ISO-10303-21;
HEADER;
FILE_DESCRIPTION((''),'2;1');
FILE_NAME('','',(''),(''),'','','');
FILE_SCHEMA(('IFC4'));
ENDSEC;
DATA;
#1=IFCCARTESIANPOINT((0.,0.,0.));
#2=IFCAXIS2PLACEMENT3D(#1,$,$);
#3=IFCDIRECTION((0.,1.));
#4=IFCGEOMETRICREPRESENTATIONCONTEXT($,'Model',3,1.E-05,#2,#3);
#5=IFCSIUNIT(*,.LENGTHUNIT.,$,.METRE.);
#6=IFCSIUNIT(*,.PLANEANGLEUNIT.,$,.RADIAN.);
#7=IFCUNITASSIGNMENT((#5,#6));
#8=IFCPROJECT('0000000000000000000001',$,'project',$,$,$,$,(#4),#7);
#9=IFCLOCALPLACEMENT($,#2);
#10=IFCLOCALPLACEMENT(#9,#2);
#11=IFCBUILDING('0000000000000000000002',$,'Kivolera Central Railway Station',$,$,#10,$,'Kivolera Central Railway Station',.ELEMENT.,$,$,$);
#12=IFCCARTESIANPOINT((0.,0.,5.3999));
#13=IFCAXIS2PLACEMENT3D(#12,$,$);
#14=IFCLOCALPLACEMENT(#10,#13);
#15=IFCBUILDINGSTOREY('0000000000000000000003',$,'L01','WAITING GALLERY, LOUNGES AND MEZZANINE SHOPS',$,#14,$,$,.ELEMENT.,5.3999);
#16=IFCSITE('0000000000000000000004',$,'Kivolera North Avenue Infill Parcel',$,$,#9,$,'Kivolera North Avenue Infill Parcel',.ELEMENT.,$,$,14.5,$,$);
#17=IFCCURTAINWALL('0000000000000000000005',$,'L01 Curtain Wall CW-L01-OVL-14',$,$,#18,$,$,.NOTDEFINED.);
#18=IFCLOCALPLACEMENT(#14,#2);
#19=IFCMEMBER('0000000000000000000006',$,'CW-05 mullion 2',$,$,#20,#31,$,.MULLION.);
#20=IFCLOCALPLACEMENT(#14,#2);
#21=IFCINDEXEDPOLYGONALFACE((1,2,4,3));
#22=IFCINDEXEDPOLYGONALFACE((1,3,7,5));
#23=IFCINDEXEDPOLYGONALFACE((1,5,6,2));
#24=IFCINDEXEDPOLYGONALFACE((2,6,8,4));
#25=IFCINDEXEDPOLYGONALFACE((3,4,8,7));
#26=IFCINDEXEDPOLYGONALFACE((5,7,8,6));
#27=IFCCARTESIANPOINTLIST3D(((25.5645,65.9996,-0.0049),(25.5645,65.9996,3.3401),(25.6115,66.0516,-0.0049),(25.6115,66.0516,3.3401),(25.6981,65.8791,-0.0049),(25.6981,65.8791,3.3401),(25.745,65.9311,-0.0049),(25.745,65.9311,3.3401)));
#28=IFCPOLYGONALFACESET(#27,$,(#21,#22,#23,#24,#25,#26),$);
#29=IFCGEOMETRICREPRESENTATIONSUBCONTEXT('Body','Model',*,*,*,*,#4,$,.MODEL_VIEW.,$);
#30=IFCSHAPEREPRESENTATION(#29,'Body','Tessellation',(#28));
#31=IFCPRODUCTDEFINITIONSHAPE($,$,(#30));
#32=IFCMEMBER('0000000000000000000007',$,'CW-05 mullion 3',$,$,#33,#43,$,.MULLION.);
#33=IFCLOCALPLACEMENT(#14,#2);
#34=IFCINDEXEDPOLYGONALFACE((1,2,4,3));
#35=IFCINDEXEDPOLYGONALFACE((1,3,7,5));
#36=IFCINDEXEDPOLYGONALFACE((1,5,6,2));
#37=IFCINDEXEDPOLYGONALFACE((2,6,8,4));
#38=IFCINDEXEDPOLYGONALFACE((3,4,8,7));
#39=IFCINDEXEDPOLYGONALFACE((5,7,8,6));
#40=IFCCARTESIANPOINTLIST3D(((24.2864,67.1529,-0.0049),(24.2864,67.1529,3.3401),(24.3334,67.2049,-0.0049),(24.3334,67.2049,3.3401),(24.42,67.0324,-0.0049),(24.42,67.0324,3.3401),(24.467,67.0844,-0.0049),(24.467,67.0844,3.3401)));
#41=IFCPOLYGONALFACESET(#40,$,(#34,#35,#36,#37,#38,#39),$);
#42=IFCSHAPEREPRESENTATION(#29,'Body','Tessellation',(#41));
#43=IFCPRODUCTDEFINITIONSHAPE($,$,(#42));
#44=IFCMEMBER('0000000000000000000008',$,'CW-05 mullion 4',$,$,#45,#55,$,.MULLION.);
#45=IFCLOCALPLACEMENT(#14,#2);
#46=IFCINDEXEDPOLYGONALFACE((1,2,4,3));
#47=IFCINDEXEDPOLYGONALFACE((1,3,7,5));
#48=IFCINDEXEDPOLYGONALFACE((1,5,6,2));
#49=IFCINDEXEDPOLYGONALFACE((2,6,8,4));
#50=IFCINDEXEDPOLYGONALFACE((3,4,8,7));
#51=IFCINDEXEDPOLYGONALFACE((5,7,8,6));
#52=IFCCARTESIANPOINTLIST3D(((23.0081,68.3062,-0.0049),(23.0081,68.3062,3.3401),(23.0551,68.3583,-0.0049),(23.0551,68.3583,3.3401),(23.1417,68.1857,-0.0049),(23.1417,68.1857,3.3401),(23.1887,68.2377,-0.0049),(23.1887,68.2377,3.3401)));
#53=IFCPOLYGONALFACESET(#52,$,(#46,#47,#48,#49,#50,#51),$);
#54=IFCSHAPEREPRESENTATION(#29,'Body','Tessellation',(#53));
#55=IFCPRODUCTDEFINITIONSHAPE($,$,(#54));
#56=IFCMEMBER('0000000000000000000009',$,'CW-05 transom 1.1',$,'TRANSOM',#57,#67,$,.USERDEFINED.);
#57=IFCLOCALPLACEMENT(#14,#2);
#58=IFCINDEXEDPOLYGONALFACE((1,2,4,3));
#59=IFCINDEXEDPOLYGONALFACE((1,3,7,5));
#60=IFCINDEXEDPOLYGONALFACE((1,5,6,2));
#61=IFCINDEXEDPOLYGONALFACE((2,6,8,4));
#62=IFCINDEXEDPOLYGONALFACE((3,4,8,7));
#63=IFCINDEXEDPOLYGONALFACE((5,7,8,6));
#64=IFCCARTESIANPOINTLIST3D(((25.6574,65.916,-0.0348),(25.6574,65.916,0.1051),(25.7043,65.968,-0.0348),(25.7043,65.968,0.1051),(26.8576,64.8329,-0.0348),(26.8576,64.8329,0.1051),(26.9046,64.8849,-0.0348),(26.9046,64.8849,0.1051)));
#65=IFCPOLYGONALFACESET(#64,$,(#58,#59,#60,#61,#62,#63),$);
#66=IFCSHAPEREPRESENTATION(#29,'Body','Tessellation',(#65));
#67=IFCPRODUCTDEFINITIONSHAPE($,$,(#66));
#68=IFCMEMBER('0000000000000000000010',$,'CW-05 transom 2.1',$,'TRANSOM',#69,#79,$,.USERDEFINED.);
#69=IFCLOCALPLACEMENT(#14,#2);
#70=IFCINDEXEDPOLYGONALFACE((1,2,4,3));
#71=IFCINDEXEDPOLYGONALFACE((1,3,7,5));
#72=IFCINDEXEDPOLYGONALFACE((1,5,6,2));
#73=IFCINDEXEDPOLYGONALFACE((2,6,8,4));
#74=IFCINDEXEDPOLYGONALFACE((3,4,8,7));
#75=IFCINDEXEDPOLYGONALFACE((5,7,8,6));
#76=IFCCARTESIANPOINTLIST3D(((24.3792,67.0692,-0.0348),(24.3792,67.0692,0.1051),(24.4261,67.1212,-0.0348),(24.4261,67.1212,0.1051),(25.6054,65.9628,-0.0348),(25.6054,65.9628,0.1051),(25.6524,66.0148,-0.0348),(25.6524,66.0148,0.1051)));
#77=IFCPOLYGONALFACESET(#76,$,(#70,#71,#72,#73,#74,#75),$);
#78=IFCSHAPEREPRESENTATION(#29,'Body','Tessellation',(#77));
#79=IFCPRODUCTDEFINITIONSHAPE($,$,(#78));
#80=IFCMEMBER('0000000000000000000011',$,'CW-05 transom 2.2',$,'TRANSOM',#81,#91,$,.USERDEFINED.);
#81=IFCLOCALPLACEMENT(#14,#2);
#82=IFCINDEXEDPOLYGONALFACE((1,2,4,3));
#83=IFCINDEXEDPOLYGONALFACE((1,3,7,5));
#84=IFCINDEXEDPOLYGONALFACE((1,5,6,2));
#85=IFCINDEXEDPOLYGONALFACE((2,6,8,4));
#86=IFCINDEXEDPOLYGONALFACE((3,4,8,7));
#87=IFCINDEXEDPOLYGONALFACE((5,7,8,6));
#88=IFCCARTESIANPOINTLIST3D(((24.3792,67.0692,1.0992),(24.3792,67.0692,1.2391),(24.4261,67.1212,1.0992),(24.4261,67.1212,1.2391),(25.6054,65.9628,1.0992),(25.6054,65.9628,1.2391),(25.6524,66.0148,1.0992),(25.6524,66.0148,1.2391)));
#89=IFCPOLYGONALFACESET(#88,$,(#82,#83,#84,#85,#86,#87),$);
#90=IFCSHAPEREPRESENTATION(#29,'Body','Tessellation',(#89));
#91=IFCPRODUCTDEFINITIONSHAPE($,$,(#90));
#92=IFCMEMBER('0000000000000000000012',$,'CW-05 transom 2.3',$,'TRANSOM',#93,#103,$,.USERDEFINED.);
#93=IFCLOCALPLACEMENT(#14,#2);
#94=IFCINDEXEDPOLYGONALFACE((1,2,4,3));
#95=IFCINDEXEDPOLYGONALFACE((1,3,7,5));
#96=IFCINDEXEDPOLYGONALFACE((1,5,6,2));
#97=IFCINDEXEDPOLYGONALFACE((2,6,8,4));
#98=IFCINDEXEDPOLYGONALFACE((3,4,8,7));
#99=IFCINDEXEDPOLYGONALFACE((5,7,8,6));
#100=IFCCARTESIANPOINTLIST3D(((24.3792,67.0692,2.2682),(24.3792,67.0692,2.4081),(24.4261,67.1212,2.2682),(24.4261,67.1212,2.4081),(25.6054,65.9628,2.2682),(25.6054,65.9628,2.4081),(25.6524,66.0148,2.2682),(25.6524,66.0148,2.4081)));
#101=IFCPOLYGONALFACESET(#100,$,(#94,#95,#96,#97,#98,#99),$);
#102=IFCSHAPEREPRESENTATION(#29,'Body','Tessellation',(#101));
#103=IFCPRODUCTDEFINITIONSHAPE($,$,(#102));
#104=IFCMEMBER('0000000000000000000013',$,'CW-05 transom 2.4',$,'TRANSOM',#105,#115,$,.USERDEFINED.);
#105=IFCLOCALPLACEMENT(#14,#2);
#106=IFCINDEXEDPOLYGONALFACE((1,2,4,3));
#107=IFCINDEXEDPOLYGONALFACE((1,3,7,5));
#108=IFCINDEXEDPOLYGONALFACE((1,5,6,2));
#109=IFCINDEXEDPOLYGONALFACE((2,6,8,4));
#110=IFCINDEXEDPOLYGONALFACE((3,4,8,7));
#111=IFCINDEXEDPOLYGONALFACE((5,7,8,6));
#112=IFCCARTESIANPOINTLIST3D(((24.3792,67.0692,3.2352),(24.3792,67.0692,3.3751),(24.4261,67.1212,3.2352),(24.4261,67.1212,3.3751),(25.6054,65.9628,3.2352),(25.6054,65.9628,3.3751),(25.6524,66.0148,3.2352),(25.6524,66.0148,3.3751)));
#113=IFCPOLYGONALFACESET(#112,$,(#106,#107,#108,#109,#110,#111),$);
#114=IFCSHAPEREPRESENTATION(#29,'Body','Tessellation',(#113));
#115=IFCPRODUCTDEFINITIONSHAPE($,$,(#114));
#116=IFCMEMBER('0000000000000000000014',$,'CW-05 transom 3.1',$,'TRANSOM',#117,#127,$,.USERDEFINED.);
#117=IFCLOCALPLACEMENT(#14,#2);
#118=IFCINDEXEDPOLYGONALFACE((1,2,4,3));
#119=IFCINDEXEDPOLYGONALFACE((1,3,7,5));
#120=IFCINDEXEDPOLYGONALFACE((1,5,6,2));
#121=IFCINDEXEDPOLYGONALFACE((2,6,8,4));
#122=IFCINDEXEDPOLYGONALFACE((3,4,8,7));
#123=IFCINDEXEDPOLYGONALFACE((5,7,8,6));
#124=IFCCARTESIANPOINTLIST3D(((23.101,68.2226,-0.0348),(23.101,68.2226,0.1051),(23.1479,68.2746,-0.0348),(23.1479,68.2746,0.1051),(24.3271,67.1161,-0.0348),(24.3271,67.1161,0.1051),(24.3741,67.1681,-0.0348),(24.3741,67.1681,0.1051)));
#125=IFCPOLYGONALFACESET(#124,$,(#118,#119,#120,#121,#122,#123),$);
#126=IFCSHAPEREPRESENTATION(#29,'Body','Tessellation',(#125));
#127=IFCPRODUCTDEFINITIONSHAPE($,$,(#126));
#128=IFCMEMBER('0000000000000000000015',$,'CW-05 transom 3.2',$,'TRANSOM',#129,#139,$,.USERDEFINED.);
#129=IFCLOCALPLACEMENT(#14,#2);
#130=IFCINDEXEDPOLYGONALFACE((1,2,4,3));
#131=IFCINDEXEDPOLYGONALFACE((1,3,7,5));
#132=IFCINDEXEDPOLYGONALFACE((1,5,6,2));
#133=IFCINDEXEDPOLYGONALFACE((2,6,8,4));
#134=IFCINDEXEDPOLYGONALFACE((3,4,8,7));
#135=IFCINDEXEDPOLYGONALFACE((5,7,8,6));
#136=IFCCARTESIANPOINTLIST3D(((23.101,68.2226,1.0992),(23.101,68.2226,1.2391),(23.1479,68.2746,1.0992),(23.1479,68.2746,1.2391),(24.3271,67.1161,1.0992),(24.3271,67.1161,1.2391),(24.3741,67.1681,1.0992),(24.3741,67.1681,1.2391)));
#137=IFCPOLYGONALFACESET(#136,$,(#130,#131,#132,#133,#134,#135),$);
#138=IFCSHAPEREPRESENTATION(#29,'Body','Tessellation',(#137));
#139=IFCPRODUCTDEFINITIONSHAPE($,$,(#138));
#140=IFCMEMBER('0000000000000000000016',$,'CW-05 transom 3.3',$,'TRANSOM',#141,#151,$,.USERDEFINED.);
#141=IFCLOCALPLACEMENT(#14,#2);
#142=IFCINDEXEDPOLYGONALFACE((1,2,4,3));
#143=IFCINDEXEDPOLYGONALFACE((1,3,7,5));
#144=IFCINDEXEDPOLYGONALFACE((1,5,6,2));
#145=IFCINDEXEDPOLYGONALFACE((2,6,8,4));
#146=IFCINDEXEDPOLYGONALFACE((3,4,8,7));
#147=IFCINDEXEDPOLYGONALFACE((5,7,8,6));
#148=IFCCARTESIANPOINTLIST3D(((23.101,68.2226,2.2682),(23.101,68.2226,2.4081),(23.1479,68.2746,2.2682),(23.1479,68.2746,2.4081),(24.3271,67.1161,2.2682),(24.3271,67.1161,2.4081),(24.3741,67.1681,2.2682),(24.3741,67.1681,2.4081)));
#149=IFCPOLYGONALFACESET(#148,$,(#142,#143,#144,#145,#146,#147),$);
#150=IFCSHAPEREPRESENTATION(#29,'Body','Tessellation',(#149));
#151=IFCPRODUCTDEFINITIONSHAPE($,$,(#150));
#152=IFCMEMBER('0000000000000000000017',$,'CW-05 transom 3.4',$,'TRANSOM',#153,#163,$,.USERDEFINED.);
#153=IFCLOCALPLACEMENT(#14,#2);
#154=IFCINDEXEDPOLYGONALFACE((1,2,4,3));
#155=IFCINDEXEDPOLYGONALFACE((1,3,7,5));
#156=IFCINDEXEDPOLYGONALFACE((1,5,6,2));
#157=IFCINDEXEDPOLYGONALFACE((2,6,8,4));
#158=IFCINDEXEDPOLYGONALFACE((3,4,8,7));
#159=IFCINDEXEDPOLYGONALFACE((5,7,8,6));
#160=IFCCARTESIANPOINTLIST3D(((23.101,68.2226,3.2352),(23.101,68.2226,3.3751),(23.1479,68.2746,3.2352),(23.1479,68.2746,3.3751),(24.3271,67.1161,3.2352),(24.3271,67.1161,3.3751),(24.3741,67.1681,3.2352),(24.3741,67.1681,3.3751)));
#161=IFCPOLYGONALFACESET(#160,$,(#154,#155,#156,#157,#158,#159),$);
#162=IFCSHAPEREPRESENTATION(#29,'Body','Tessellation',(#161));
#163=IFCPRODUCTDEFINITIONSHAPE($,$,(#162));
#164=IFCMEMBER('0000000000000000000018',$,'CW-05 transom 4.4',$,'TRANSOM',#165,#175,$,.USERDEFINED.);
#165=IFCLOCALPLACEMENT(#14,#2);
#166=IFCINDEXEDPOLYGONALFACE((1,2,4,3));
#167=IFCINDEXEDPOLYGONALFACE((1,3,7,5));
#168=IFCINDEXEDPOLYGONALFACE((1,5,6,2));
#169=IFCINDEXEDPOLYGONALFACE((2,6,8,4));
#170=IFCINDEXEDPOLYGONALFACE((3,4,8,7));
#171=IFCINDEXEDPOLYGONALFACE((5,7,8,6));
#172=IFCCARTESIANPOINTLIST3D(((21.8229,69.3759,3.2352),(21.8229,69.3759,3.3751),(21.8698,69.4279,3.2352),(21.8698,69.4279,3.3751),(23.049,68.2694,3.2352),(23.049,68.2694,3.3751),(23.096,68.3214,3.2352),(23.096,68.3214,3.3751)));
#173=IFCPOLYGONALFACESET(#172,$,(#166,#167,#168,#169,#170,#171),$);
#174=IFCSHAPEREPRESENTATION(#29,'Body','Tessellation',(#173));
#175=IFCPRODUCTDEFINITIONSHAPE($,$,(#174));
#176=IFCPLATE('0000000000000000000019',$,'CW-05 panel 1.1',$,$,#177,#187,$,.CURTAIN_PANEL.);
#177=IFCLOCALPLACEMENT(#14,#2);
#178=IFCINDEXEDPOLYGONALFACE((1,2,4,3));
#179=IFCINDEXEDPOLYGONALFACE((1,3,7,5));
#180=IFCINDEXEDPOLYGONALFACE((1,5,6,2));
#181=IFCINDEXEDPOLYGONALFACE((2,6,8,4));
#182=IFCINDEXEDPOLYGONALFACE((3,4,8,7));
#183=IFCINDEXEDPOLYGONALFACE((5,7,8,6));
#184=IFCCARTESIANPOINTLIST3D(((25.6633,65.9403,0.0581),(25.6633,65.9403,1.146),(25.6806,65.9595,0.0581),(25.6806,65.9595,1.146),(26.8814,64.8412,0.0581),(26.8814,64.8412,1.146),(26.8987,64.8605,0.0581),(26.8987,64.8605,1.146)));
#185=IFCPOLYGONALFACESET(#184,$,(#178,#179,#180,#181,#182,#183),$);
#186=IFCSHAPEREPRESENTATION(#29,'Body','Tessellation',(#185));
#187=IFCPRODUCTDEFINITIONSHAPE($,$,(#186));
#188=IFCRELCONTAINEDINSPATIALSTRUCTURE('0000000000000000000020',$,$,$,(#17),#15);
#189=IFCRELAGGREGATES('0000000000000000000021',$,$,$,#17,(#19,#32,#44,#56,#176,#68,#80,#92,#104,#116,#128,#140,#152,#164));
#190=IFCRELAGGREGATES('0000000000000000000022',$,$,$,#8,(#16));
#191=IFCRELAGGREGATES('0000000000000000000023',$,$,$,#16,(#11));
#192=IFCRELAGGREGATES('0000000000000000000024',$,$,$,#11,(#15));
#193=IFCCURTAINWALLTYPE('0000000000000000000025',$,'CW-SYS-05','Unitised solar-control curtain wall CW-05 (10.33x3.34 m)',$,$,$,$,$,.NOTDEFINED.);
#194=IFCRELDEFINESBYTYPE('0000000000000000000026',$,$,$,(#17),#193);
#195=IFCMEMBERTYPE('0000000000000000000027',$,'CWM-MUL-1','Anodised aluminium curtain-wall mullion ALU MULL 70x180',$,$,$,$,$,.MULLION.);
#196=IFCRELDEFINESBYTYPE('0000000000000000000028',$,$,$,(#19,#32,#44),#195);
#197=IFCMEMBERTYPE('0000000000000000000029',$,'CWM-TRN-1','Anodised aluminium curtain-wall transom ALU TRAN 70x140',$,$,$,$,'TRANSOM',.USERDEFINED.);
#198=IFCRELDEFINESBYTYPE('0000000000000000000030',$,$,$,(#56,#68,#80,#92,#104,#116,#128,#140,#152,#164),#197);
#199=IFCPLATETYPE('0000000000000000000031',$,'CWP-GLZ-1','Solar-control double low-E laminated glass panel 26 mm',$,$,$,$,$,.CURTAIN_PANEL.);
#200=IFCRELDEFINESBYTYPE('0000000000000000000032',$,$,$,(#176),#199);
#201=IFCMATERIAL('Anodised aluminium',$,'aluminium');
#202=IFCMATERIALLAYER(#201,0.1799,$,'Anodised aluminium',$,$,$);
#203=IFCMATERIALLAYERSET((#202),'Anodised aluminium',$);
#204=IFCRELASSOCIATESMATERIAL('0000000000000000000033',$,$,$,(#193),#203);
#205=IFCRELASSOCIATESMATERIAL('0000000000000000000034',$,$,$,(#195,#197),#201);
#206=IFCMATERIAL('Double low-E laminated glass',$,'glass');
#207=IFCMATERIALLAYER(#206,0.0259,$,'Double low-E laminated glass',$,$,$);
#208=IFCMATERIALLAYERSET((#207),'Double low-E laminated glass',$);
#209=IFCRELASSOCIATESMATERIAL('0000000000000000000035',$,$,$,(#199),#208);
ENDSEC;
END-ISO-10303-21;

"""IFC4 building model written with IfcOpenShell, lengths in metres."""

from ifc_helpers import new_model, si_unit, direction, frame, origin, origin_2d, place, context, subcontext, project, spatial, rectangle, extrude, material, layer, layer_set, material_profile, profile_set, type_object, element, aggregate, save


model = new_model("IFC4")

# Units and contexts
model_context = context("Model", 3, precision=1e-05, world=origin(), true_north=direction((0.0, 1.0)))
body_context = subcontext(model_context, "Body", "Model", "MODEL_VIEW")
ifc_project = project(units=[si_unit("LENGTHUNIT", "METRE"), si_unit("PLANEANGLEUNIT", "RADIAN")], contexts=[model_context])

# Site, building, storey
site_placement = place(None, origin())
site = spatial("IfcSite", under=ifc_project, at=site_placement, Name="Kivolera North Avenue Infill Parcel", LongName="Kivolera North Avenue Infill Parcel", CompositionType="ELEMENT", RefElevation=14.5)
building_placement = place(site_placement, origin())
building = spatial("IfcBuilding", under=site, at=building_placement, Name="Kivolera Central Railway Station", LongName="Kivolera Central Railway Station", CompositionType="ELEMENT")
storey_placement = place(building_placement, frame((0.0, 0.0, 5.3999)))
storey = spatial("IfcBuildingStorey", under=building, at=storey_placement, Name="L01", Description="WAITING GALLERY, LOUNGES AND MEZZANINE SHOPS", CompositionType="ELEMENT", Elevation=5.3999)

# Curtain wall, members, plate
ifc_material_1 = material(Name="Anodised aluminium", Category="aluminium")
ifc_layer_1 = layer(ifc_material_1, 0.1799, Name="Anodised aluminium")
ifc_layer_set_1 = layer_set([ifc_layer_1], Name="Anodised aluminium")
curtain_wall_type = type_object("IfcCurtainWallType", Name="CW-SYS-05", Description="Unitised solar-control curtain wall CW-05 (10.33x3.34 m)", PredefinedType="NOTDEFINED", material=ifc_layer_set_1)
curtain_wall_placement = place(storey_placement, origin())
curtain_wall = element("IfcCurtainWall", 1, at=curtain_wall_placement, inside=storey, type_object=curtain_wall_type, Name="L01 Curtain Wall CW-L01-OVL-14", PredefinedType="NOTDEFINED")
ifc_material_profile_1 = material_profile(ifc_material_1, rectangle(XDim=0.0701, YDim=0.1799, at=origin_2d()), Name="ALU MULL 70x180")
ifc_profile_set_1 = profile_set([ifc_material_profile_1], Name="Anodised aluminium")
member_type_1 = type_object("IfcMemberType", Name="CWM-MUL-1", Description="Anodised aluminium curtain-wall mullion ALU MULL 70x180", PredefinedType="MULLION", material=ifc_profile_set_1)
member_1_placement = place(storey_placement, frame((25.6548, 65.9653, -0.0049), z_axis=(0.0, 0.0, 1.0), x_axis=(-0.669922, -0.742432, 0.0)))
member_1 = element("IfcMember", 2, at=member_1_placement, type_object=member_type_1, Name="CW-05 mullion 2", PredefinedType="MULLION", context=body_context, shape_type="SweptSolid", body=[
    extrude(rectangle(XDim=0.0701, YDim=0.1799, at=origin_2d()), origin(), (0.0, 0.0, 1.0), 3.345),
])
member_2_placement = place(storey_placement, frame((24.3767, 67.1187, -0.0049), z_axis=(0.0, 0.0, 1.0), x_axis=(-0.669922, -0.742432, 0.0)))
member_2 = element("IfcMember", 3, at=member_2_placement, type_object=member_type_1, Name="CW-05 mullion 3", PredefinedType="MULLION", context=body_context, shape_type="SweptSolid", body=[
    extrude(rectangle(XDim=0.0701, YDim=0.1799, at=origin_2d()), origin(), (0.0, 0.0, 1.0), 3.345),
])
member_3_placement = place(storey_placement, frame((23.0984, 68.272, -0.0049), z_axis=(0.0, 0.0, 1.0), x_axis=(-0.669922, -0.742432, 0.0)))
member_3 = element("IfcMember", 4, at=member_3_placement, type_object=member_type_1, Name="CW-05 mullion 4", PredefinedType="MULLION", context=body_context, shape_type="SweptSolid", body=[
    extrude(rectangle(XDim=0.0701, YDim=0.1799, at=origin_2d()), origin(), (0.0, 0.0, 1.0), 3.345),
])
ifc_material_profile_2 = material_profile(ifc_material_1, rectangle(XDim=0.0701, YDim=0.1399, at=origin_2d()), Name="ALU TRAN 70x140")
ifc_profile_set_2 = profile_set([ifc_material_profile_2], Name="Anodised aluminium")
member_type_2 = type_object("IfcMemberType", Name="CWM-TRN-1", Description="Anodised aluminium curtain-wall transom ALU TRAN 70x140", ElementType="TRANSOM", PredefinedType="USERDEFINED", material=ifc_profile_set_2)
member_4_placement = place(storey_placement, frame((26.8811, 64.8589, 0.0352), z_axis=(-0.742422, 0.669932, 0.0), x_axis=(-0.669932, -0.742422, 0.0)))
member_4 = element("IfcMember", 5, at=member_4_placement, type_object=member_type_2, Name="CW-05 transom 1.1", ObjectType="TRANSOM", PredefinedType="USERDEFINED", context=body_context, shape_type="SweptSolid", body=[
    extrude(rectangle(XDim=0.0701, YDim=0.1399, at=origin_2d()), origin(), (0.0, 0.0, 1.0), 1.6167),
])
member_5_placement = place(storey_placement, frame((25.6289, 65.9888, 0.0352), z_axis=(-0.742463, 0.669887, 0.0), x_axis=(-0.669887, -0.742463, 0.0)))
member_5 = element("IfcMember", 6, at=member_5_placement, type_object=member_type_2, Name="CW-05 transom 2.1", ObjectType="TRANSOM", PredefinedType="USERDEFINED", context=body_context, shape_type="SweptSolid", body=[
    extrude(rectangle(XDim=0.0701, YDim=0.1399, at=origin_2d()), origin(), (0.0, 0.0, 1.0), 1.6516),
])
member_6_placement = place(storey_placement, frame((25.6289, 65.9888, 1.1692), z_axis=(-0.742463, 0.669887, 0.0), x_axis=(-0.669887, -0.742463, 0.0)))
member_6 = element("IfcMember", 7, at=member_6_placement, type_object=member_type_2, Name="CW-05 transom 2.2", ObjectType="TRANSOM", PredefinedType="USERDEFINED", context=body_context, shape_type="SweptSolid", body=[
    extrude(rectangle(XDim=0.0701, YDim=0.1399, at=origin_2d()), origin(), (0.0, 0.0, 1.0), 1.6516),
])
member_7_placement = place(storey_placement, frame((25.6289, 65.9888, 2.3381), z_axis=(-0.742463, 0.669887, 0.0), x_axis=(-0.669887, -0.742463, 0.0)))
member_7 = element("IfcMember", 8, at=member_7_placement, type_object=member_type_2, Name="CW-05 transom 2.3", ObjectType="TRANSOM", PredefinedType="USERDEFINED", context=body_context, shape_type="SweptSolid", body=[
    extrude(rectangle(XDim=0.0701, YDim=0.1399, at=origin_2d()), origin(), (0.0, 0.0, 1.0), 1.6516),
])
member_8_placement = place(storey_placement, frame((25.6289, 65.9888, 3.3052), z_axis=(-0.742463, 0.669887, 0.0), x_axis=(-0.669887, -0.742463, 0.0)))
member_8 = element("IfcMember", 9, at=member_8_placement, type_object=member_type_2, Name="CW-05 transom 2.4", ObjectType="TRANSOM", PredefinedType="USERDEFINED", context=body_context, shape_type="SweptSolid", body=[
    extrude(rectangle(XDim=0.0701, YDim=0.1399, at=origin_2d()), origin(), (0.0, 0.0, 1.0), 1.6516),
])
member_9_placement = place(storey_placement, frame((24.3506, 67.1421, 0.0352), z_axis=(-0.742397, 0.669961, 0.0), x_axis=(-0.669961, -0.742397, 0.0)))
member_9 = element("IfcMember", 10, at=member_9_placement, type_object=member_type_2, Name="CW-05 transom 3.1", ObjectType="TRANSOM", PredefinedType="USERDEFINED", context=body_context, shape_type="SweptSolid", body=[
    extrude(rectangle(XDim=0.0701, YDim=0.1399, at=origin_2d()), origin(), (0.0, 0.0, 1.0), 1.6516),
])
member_10_placement = place(storey_placement, frame((24.3506, 67.1421, 1.1692), z_axis=(-0.742397, 0.669961, 0.0), x_axis=(-0.669961, -0.742397, 0.0)))
member_10 = element("IfcMember", 11, at=member_10_placement, type_object=member_type_2, Name="CW-05 transom 3.2", ObjectType="TRANSOM", PredefinedType="USERDEFINED", context=body_context, shape_type="SweptSolid", body=[
    extrude(rectangle(XDim=0.0701, YDim=0.1399, at=origin_2d()), origin(), (0.0, 0.0, 1.0), 1.6516),
])
member_11_placement = place(storey_placement, frame((24.3506, 67.1421, 2.3381), z_axis=(-0.742397, 0.669961, 0.0), x_axis=(-0.669961, -0.742397, 0.0)))
member_11 = element("IfcMember", 12, at=member_11_placement, type_object=member_type_2, Name="CW-05 transom 3.3", ObjectType="TRANSOM", PredefinedType="USERDEFINED", context=body_context, shape_type="SweptSolid", body=[
    extrude(rectangle(XDim=0.0701, YDim=0.1399, at=origin_2d()), origin(), (0.0, 0.0, 1.0), 1.6516),
])
member_12_placement = place(storey_placement, frame((24.3506, 67.1421, 3.3052), z_axis=(-0.742397, 0.669961, 0.0), x_axis=(-0.669961, -0.742397, 0.0)))
member_12 = element("IfcMember", 13, at=member_12_placement, type_object=member_type_2, Name="CW-05 transom 3.4", ObjectType="TRANSOM", PredefinedType="USERDEFINED", context=body_context, shape_type="SweptSolid", body=[
    extrude(rectangle(XDim=0.0701, YDim=0.1399, at=origin_2d()), origin(), (0.0, 0.0, 1.0), 1.6516),
])
member_13_placement = place(storey_placement, frame((23.0725, 68.2954, 3.3052), z_axis=(-0.742397, 0.669961, 0.0), x_axis=(-0.669961, -0.742397, 0.0)))
member_13 = element("IfcMember", 14, at=member_13_placement, type_object=member_type_2, Name="CW-05 transom 4.4", ObjectType="TRANSOM", PredefinedType="USERDEFINED", context=body_context, shape_type="SweptSolid", body=[
    extrude(rectangle(XDim=0.0701, YDim=0.1399, at=origin_2d()), origin(), (0.0, 0.0, 1.0), 1.6516),
])
ifc_material_2 = material(Name="Double low-E laminated glass", Category="glass")
ifc_layer_2 = layer(ifc_material_2, 0.0259, Name="Double low-E laminated glass")
ifc_layer_set_2 = layer_set([ifc_layer_2], Name="Double low-E laminated glass")
plate_type = type_object("IfcPlateType", Name="CWP-GLZ-1", Description="Solar-control double low-E laminated glass panel 26 mm", PredefinedType="CURTAIN_PANEL", material=ifc_layer_set_2)
plate_1_placement = place(storey_placement, frame((26.281, 65.4004, 0.0581), z_axis=(0.0, 0.0, 1.0), x_axis=(-0.742432, 0.669922, 0.0)))
plate_1 = element("IfcPlate", 15, at=plate_1_placement, type_object=plate_type, Name="CW-05 panel 1.1", PredefinedType="CURTAIN_PANEL", context=body_context, shape_type="SweptSolid", body=[
    extrude(rectangle(XDim=1.6406, YDim=0.0259, at=origin_2d()), origin(), (0.0, 0.0, 1.0), 1.0879),
])
aggregate(curtain_wall, [member_1, member_2, member_3, member_4, plate_1, member_5, member_6, member_7, member_8, member_9, member_10, member_11, member_12, member_13])

save(model, "model.ifc")
